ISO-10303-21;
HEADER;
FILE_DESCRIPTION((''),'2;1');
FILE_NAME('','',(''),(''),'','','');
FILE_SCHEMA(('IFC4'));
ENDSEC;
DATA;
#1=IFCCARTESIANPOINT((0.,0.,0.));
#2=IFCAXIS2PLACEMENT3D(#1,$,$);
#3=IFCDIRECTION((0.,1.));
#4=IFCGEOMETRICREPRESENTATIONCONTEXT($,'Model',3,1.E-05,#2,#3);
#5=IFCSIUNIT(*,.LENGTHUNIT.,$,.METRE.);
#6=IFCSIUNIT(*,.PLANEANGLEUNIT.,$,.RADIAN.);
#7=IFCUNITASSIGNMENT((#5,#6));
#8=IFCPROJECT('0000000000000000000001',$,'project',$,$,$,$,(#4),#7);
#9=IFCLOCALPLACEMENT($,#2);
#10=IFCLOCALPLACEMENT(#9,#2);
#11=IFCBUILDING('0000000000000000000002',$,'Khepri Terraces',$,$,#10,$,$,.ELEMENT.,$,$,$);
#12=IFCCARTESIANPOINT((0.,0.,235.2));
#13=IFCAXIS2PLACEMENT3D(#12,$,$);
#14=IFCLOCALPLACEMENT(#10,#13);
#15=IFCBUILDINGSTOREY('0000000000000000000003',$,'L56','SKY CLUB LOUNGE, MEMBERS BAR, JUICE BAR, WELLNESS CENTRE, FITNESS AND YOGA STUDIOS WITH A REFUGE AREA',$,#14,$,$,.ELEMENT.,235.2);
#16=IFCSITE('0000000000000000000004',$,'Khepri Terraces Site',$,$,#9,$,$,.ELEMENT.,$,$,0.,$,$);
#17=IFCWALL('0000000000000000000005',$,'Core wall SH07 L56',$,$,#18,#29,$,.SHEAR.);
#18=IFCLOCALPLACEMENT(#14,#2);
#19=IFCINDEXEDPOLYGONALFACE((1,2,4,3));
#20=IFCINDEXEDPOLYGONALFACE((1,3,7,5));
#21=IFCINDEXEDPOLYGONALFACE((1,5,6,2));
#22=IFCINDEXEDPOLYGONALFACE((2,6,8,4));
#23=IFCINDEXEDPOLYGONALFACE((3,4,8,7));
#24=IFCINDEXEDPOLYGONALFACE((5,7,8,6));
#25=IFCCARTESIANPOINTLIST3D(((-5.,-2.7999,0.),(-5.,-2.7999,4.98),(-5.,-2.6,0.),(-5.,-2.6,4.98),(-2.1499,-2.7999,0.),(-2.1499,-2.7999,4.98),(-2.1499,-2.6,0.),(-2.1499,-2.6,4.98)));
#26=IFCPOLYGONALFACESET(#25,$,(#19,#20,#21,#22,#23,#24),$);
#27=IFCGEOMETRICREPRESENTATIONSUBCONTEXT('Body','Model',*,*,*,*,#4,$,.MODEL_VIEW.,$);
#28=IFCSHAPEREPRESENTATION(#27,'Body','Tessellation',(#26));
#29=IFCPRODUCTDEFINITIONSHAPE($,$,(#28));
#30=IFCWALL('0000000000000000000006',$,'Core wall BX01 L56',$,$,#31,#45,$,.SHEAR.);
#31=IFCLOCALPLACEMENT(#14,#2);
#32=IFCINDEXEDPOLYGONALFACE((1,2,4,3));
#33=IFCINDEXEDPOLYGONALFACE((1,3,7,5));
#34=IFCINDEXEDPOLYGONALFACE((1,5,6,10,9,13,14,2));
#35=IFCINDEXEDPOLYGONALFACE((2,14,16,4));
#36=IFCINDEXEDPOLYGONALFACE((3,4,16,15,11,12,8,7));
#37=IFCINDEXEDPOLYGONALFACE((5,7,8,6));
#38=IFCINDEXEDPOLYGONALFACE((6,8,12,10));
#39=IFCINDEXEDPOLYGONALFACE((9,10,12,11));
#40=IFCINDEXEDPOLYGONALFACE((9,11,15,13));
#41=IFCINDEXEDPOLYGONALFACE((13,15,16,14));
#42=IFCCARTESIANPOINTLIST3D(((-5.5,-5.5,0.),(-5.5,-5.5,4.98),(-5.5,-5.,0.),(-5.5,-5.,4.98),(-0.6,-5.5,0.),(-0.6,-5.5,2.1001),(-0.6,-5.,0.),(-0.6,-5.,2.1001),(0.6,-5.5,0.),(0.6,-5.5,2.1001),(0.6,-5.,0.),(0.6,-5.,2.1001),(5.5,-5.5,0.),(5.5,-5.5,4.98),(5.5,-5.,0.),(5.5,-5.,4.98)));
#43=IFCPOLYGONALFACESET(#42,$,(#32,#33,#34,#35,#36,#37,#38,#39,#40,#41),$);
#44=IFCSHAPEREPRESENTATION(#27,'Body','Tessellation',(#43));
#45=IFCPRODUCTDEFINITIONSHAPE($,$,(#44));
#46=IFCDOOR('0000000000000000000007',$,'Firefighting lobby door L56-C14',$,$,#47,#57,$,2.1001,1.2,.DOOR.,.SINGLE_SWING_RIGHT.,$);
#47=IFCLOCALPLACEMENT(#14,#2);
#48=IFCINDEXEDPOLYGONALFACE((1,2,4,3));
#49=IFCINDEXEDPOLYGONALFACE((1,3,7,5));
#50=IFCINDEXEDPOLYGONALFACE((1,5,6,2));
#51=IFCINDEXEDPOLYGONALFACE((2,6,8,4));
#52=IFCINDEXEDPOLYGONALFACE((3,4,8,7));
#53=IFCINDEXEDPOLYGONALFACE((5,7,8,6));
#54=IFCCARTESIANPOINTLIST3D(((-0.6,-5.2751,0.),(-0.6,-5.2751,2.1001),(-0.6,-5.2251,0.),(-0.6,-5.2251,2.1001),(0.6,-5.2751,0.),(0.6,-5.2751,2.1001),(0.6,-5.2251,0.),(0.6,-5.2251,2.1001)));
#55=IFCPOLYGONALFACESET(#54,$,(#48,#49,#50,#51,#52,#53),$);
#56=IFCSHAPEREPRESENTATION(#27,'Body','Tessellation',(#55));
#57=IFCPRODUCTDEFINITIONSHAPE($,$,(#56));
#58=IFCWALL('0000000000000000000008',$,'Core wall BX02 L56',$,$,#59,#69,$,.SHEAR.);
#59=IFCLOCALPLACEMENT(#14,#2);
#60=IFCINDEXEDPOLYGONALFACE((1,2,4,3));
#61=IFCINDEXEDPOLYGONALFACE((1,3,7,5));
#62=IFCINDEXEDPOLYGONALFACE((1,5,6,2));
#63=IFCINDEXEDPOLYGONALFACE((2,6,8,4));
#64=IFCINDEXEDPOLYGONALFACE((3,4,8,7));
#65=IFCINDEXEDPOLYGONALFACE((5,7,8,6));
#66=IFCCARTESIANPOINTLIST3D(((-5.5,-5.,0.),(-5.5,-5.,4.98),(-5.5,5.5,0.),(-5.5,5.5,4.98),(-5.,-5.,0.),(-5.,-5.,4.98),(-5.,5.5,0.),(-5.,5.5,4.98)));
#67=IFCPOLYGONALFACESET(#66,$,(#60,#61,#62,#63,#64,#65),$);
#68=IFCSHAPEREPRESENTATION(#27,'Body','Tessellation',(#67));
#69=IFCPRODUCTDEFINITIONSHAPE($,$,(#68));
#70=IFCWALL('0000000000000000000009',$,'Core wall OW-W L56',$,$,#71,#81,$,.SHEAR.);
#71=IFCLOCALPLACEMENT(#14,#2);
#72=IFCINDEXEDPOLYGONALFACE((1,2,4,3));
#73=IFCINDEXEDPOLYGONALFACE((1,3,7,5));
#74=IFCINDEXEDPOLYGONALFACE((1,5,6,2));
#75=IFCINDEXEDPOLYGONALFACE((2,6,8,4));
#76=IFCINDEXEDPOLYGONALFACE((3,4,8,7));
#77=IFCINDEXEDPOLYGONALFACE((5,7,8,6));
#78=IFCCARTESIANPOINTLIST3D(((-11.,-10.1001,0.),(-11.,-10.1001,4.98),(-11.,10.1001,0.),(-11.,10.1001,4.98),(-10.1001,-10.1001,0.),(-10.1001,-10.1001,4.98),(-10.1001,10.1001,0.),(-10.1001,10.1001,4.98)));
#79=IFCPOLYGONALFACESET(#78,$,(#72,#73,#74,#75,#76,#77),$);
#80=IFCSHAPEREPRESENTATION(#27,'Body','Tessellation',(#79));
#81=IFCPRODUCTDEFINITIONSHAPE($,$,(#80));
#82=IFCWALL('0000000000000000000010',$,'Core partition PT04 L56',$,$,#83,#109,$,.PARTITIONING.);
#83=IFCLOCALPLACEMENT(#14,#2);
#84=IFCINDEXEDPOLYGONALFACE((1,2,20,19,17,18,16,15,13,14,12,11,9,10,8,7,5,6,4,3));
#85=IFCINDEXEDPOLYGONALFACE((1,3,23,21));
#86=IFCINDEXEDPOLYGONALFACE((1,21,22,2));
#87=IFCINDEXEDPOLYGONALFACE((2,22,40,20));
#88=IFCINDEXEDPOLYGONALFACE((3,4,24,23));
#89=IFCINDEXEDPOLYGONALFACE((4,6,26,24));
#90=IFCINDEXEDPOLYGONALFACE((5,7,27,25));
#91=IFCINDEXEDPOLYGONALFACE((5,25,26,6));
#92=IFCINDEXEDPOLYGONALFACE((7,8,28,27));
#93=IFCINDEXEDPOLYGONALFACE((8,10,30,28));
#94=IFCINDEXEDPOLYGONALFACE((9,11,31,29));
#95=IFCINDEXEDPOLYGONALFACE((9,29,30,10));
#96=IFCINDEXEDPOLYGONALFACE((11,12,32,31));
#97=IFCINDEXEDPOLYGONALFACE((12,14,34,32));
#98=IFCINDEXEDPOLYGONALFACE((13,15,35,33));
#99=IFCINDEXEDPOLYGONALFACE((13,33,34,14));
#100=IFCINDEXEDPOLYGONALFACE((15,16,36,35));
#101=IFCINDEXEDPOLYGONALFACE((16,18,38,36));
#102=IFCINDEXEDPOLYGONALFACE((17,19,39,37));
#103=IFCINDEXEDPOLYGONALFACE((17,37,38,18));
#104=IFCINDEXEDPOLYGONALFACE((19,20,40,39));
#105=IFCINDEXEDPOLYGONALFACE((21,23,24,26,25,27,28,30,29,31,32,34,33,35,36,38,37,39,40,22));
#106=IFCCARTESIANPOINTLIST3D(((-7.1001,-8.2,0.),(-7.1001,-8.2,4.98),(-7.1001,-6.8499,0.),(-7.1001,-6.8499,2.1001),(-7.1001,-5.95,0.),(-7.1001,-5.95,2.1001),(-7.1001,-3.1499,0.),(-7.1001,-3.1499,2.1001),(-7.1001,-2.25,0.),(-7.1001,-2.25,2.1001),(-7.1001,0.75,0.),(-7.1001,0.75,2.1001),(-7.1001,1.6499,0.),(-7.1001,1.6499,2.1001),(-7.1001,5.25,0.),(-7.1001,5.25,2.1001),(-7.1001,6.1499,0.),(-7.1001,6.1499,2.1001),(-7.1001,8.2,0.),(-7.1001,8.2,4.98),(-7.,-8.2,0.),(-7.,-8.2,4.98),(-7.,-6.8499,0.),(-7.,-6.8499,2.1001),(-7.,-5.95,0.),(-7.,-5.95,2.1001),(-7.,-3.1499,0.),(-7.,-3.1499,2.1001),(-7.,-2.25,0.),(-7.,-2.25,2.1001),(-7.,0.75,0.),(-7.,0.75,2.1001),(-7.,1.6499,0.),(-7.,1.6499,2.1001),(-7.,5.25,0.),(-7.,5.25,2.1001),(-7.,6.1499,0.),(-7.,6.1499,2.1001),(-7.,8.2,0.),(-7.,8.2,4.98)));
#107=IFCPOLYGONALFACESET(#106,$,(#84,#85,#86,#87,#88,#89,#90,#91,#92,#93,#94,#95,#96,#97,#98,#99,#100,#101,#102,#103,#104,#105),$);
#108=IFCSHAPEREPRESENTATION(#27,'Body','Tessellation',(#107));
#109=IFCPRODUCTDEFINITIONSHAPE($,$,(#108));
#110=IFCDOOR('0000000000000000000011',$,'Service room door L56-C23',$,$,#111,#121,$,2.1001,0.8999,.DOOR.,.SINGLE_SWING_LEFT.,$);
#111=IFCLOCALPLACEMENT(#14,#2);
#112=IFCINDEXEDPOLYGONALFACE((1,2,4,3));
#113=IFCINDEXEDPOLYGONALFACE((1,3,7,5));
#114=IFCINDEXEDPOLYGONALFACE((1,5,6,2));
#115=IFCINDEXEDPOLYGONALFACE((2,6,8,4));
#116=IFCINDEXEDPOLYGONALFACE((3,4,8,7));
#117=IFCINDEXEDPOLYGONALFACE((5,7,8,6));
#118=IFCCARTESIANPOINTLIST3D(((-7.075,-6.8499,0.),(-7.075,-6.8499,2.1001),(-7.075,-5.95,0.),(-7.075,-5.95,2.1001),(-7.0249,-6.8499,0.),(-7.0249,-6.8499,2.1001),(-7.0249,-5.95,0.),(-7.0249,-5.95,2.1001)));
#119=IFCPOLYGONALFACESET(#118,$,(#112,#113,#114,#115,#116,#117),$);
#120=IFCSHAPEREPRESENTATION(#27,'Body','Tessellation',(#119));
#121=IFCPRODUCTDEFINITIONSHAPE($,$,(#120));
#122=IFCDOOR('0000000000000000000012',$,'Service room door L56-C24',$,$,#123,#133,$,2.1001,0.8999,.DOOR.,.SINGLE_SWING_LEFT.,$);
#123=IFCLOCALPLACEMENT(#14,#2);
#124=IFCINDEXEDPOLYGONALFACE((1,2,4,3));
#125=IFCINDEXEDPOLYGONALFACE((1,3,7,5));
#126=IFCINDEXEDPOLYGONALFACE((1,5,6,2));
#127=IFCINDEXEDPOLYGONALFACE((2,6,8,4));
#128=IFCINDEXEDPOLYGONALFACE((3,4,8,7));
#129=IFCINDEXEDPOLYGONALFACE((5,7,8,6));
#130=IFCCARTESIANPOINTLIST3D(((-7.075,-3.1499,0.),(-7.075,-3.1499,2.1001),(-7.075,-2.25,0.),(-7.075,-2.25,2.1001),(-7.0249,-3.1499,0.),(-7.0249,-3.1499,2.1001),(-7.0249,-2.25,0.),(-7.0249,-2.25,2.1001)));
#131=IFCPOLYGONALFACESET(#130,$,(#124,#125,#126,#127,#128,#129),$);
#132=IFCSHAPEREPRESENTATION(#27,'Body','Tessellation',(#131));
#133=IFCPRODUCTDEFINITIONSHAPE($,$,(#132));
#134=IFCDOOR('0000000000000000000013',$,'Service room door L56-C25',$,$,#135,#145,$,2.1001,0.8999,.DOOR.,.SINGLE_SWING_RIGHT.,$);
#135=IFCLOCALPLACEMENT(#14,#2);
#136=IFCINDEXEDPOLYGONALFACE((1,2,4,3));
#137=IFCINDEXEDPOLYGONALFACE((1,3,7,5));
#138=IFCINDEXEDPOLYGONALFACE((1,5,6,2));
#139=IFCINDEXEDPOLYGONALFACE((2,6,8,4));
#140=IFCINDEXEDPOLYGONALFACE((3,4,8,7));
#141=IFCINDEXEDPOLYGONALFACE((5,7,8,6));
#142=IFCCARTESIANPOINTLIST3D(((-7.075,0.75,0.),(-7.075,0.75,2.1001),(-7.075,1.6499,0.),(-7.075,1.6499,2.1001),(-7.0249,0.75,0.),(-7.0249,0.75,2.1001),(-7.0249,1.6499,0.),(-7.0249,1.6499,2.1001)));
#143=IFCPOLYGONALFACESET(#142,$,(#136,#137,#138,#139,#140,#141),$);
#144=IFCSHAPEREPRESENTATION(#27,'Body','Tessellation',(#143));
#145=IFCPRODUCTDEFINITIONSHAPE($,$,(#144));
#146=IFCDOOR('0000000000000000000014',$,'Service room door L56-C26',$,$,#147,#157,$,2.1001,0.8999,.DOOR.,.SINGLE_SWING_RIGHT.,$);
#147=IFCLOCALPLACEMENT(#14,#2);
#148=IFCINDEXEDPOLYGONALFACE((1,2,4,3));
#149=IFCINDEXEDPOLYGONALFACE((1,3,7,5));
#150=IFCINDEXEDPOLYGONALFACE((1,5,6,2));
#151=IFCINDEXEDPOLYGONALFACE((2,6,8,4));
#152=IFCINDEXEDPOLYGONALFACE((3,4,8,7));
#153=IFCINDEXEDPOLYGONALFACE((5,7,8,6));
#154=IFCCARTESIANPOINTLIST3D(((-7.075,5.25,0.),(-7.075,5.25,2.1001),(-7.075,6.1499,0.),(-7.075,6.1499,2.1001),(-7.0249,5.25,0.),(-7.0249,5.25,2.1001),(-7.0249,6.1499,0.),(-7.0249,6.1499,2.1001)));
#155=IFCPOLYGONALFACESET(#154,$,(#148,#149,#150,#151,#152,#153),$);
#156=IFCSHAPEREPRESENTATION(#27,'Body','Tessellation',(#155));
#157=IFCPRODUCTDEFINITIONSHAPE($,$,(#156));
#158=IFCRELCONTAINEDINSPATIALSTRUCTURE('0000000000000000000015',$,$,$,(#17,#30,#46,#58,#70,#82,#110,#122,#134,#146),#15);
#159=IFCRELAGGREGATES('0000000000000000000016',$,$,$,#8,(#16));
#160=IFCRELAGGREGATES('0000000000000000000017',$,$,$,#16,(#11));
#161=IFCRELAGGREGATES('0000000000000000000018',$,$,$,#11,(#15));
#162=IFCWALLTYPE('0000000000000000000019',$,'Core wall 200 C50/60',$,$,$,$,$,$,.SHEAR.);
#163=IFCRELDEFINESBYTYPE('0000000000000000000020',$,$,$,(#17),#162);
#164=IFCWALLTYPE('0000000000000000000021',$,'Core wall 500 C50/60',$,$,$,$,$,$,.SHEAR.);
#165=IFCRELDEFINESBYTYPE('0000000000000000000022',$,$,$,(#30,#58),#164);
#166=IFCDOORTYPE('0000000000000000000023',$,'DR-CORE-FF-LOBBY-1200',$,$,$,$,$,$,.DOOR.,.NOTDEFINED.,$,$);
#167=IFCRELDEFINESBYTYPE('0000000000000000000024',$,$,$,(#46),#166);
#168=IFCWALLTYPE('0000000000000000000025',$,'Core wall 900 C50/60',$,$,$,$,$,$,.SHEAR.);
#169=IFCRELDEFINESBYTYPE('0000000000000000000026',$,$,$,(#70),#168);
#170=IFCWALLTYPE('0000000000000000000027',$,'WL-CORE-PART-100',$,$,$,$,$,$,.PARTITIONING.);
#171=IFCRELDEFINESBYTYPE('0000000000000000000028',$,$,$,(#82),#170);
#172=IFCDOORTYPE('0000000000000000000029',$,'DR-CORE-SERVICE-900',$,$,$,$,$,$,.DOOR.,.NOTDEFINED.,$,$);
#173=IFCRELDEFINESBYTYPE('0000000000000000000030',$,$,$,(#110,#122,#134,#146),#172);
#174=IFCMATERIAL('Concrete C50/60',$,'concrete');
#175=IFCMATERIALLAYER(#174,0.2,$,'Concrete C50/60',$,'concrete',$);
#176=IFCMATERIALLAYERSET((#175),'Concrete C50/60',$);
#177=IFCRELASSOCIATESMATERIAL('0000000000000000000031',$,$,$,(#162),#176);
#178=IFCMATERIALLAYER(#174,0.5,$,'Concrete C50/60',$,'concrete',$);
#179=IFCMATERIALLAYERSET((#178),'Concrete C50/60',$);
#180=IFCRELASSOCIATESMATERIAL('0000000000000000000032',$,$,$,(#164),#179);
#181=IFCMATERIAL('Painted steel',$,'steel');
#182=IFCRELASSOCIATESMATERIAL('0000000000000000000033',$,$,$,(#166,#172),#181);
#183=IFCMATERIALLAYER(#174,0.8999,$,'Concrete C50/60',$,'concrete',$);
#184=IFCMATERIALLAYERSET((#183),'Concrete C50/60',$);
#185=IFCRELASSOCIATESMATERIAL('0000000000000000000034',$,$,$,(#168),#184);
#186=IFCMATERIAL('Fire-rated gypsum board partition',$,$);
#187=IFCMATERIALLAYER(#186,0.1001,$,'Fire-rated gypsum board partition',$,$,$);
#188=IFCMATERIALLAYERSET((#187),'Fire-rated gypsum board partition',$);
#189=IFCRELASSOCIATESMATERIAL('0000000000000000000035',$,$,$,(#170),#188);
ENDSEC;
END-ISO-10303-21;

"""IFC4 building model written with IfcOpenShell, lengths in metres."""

from ifc_helpers import new_model, si_unit, direction, frame, frame_2d, origin, place, context, subcontext, project, spatial, rectangle, extrude, material, layer, layer_set, type_object, element, fill, save


model = new_model("IFC4")

# Units and contexts
model_context = context("Model", 3, precision=1e-05, world=origin(), true_north=direction((0.0, 1.0)))
body_context = subcontext(model_context, "Body", "Model", "MODEL_VIEW")
ifc_project = project(units=[si_unit("LENGTHUNIT", "METRE"), si_unit("PLANEANGLEUNIT", "RADIAN")], contexts=[model_context])

# Site, building, storey
site_placement = place(None, origin())
site = spatial("IfcSite", under=ifc_project, at=site_placement, Name="Khepri Terraces Site", CompositionType="ELEMENT", RefElevation=0.0)
building_placement = place(site_placement, origin())
building = spatial("IfcBuilding", under=site, at=building_placement, Name="Khepri Terraces", CompositionType="ELEMENT")
storey_placement = place(building_placement, frame((0.0, 0.0, 235.2)))
storey = spatial("IfcBuildingStorey", under=building, at=storey_placement, Name="L56", Description="SKY CLUB LOUNGE, MEMBERS BAR, JUICE BAR, WELLNESS CENTRE, FITNESS AND YOGA STUDIOS WITH A REFUGE AREA", CompositionType="ELEMENT", Elevation=235.2)

# Shared definitions
ifc_material_1 = material(Name="Concrete C50/60", Category="concrete")
ifc_layer_1 = layer(ifc_material_1, 0.2, Name="Concrete C50/60", Category="concrete")
ifc_layer_set_1 = layer_set([ifc_layer_1], Name="Concrete C50/60")
wall_type_1 = type_object("IfcWallType", Name="Core wall 200 C50/60", PredefinedType="SHEAR", material=ifc_layer_set_1)

# Shared definitions
ifc_material_2 = material(Name="Painted steel", Category="steel")

# Wall
wall_1_placement = place(storey_placement, frame((-5.0, -2.7, 0.0), z_axis=(0.0, 0.0, 1.0), x_axis=(1.0, 0.0, 0.0)))
element("IfcWall", 1, at=wall_1_placement, inside=storey, type_object=wall_type_1, Name="Core wall SH07 L56", PredefinedType="SHEAR", context=body_context, shape_type="SweptSolid", body=[
    extrude(rectangle(XDim=2.8501, YDim=0.2, at=frame_2d((1.425, 0.0))), origin(), (0.0, 0.0, 1.0), 4.98),
])

# Wall, opening, door
ifc_layer_2 = layer(ifc_material_1, 0.5, Name="Concrete C50/60", Category="concrete")
ifc_layer_set_2 = layer_set([ifc_layer_2], Name="Concrete C50/60")
wall_type_2 = type_object("IfcWallType", Name="Core wall 500 C50/60", PredefinedType="SHEAR", material=ifc_layer_set_2)
wall_2_placement = place(storey_placement, frame((-5.5, -5.25, 0.0), z_axis=(0.0, 0.0, 1.0), x_axis=(1.0, 0.0, 0.0)))
wall_2 = element("IfcWall", 2, at=wall_2_placement, inside=storey, type_object=wall_type_2, Name="Core wall BX01 L56", PredefinedType="SHEAR", context=body_context, shape_type="SweptSolid", body=[
    extrude(rectangle(XDim=11.0, YDim=0.5, at=frame_2d((5.5, 0.0))), origin(), (0.0, 0.0, 1.0), 4.98),
])
opening_1_placement = place(wall_2_placement, frame((4.8999, 0.0, 0.0)))
opening_1 = element("IfcOpeningElement", 3, at=opening_1_placement, cuts=wall_2, PredefinedType="OPENING", context=body_context, shape_type="SweptSolid", body=[
    extrude(rectangle(XDim=1.2, YDim=2.1001, at=frame_2d((0.6001, 1.05))), frame((0.0, 0.26, 0.0), z_axis=(0.0, -1.0, 0.0), x_axis=(1.0, 0.0, 0.0)), (0.0, 0.0, 1.0), 0.52),
])
door_type_1 = type_object("IfcDoorType", Name="DR-CORE-FF-LOBBY-1200", OperationType="NOTDEFINED", PredefinedType="DOOR", material=ifc_material_2)
door_1_placement = place(opening_1_placement, origin())
door_1 = element("IfcDoor", 4, at=door_1_placement, inside=storey, type_object=door_type_1, Name="Firefighting lobby door L56-C14", OperationType="SINGLE_SWING_RIGHT", OverallHeight=2.1001, OverallWidth=1.2, PredefinedType="DOOR", context=body_context, shape_type="SweptSolid", body=[
    extrude(rectangle(XDim=1.2, YDim=2.1001, at=frame_2d((0.6001, 1.05))), frame((0.0, 0.0249, 0.0), z_axis=(0.0, -1.0, 0.0), x_axis=(1.0, 0.0, 0.0)), (0.0, 0.0, 1.0), 0.05),
])
fill(opening_1, door_1)

# Walls
wall_3_placement = place(storey_placement, frame((-5.25, -5.0, 0.0), z_axis=(0.0, 0.0, 1.0), x_axis=(0.0, 1.0, 0.0)))
element("IfcWall", 5, at=wall_3_placement, inside=storey, type_object=wall_type_2, Name="Core wall BX02 L56", PredefinedType="SHEAR", context=body_context, shape_type="SweptSolid", body=[
    extrude(rectangle(XDim=10.5, YDim=0.5, at=frame_2d((5.25, 0.0))), origin(), (0.0, 0.0, 1.0), 4.98),
])
ifc_layer_3 = layer(ifc_material_1, 0.8999, Name="Concrete C50/60", Category="concrete")
ifc_layer_set_3 = layer_set([ifc_layer_3], Name="Concrete C50/60")
wall_type_3 = type_object("IfcWallType", Name="Core wall 900 C50/60", PredefinedType="SHEAR", material=ifc_layer_set_3)
wall_4_placement = place(storey_placement, frame((-10.55, -10.1001, 0.0), z_axis=(0.0, 0.0, 1.0), x_axis=(0.0, 1.0, 0.0)))
element("IfcWall", 6, at=wall_4_placement, inside=storey, type_object=wall_type_3, Name="Core wall OW-W L56", PredefinedType="SHEAR", context=body_context, shape_type="SweptSolid", body=[
    extrude(rectangle(XDim=20.2002, YDim=0.8999, at=frame_2d((10.1001, 0.0))), origin(), (0.0, 0.0, 1.0), 4.98),
])

# Wall, openings, doors
ifc_material_3 = material(Name="Fire-rated gypsum board partition")
ifc_layer_4 = layer(ifc_material_3, 0.1001, Name="Fire-rated gypsum board partition")
ifc_layer_set_4 = layer_set([ifc_layer_4], Name="Fire-rated gypsum board partition")
wall_type_4 = type_object("IfcWallType", Name="WL-CORE-PART-100", PredefinedType="PARTITIONING", material=ifc_layer_set_4)
wall_5_placement = place(storey_placement, frame((-7.05, -8.2, 0.0), z_axis=(0.0, 0.0, 1.0), x_axis=(0.0, 1.0, 0.0)))
wall_5 = element("IfcWall", 7, at=wall_5_placement, inside=storey, type_object=wall_type_4, Name="Core partition PT04 L56", PredefinedType="PARTITIONING", context=body_context, shape_type="SweptSolid", body=[
    extrude(rectangle(XDim=16.3999, YDim=0.1001, at=frame_2d((8.2, 0.0))), origin(), (0.0, 0.0, 1.0), 4.98),
])
opening_2_placement = place(wall_5_placement, frame((1.3501, 0.0, 0.0)))
opening_2 = element("IfcOpeningElement", 8, at=opening_2_placement, cuts=wall_5, PredefinedType="OPENING", context=body_context, shape_type="SweptSolid", body=[
    extrude(rectangle(XDim=0.8999, YDim=2.1001, at=frame_2d((0.45, 1.05))), frame((0.0, 0.0601, 0.0), z_axis=(0.0, -1.0, 0.0), x_axis=(1.0, 0.0, 0.0)), (0.0, 0.0, 1.0), 0.1201),
])
opening_3_placement = place(wall_5_placement, frame((5.05, 0.0, 0.0)))
opening_3 = element("IfcOpeningElement", 9, at=opening_3_placement, cuts=wall_5, PredefinedType="OPENING", context=body_context, shape_type="SweptSolid", body=[
    extrude(rectangle(XDim=0.8999, YDim=2.1001, at=frame_2d((0.45, 1.05))), frame((0.0, 0.0601, 0.0), z_axis=(0.0, -1.0, 0.0), x_axis=(1.0, 0.0, 0.0)), (0.0, 0.0, 1.0), 0.1201),
])
opening_4_placement = place(wall_5_placement, frame((8.95, 0.0, 0.0)))
opening_4 = element("IfcOpeningElement", 10, at=opening_4_placement, cuts=wall_5, PredefinedType="OPENING", context=body_context, shape_type="SweptSolid", body=[
    extrude(rectangle(XDim=0.8999, YDim=2.1001, at=frame_2d((0.45, 1.05))), frame((0.0, 0.0601, 0.0), z_axis=(0.0, -1.0, 0.0), x_axis=(1.0, 0.0, 0.0)), (0.0, 0.0, 1.0), 0.1201),
])
opening_5_placement = place(wall_5_placement, frame((13.45, 0.0, 0.0)))
opening_5 = element("IfcOpeningElement", 11, at=opening_5_placement, cuts=wall_5, PredefinedType="OPENING", context=body_context, shape_type="SweptSolid", body=[
    extrude(rectangle(XDim=0.8999, YDim=2.1001, at=frame_2d((0.45, 1.05))), frame((0.0, 0.0601, 0.0), z_axis=(0.0, -1.0, 0.0), x_axis=(1.0, 0.0, 0.0)), (0.0, 0.0, 1.0), 0.1201),
])
door_type_2 = type_object("IfcDoorType", Name="DR-CORE-SERVICE-900", OperationType="NOTDEFINED", PredefinedType="DOOR", material=ifc_material_2)
door_2_placement = place(opening_2_placement, origin())
door_2 = element("IfcDoor", 12, at=door_2_placement, inside=storey, type_object=door_type_2, Name="Service room door L56-C23", OperationType="SINGLE_SWING_LEFT", OverallHeight=2.1001, OverallWidth=0.8999, PredefinedType="DOOR", context=body_context, shape_type="SweptSolid", body=[
    extrude(rectangle(XDim=0.8999, YDim=2.1001, at=frame_2d((0.45, 1.05))), frame((0.0, 0.0249, 0.0), z_axis=(0.0, -1.0, 0.0), x_axis=(1.0, 0.0, 0.0)), (0.0, 0.0, 1.0), 0.05),
])
fill(opening_2, door_2)
door_3_placement = place(opening_3_placement, origin())
door_3 = element("IfcDoor", 13, at=door_3_placement, inside=storey, type_object=door_type_2, Name="Service room door L56-C24", OperationType="SINGLE_SWING_LEFT", OverallHeight=2.1001, OverallWidth=0.8999, PredefinedType="DOOR", context=body_context, shape_type="SweptSolid", body=[
    extrude(rectangle(XDim=0.8999, YDim=2.1001, at=frame_2d((0.45, 1.05))), frame((0.0, 0.0249, 0.0), z_axis=(0.0, -1.0, 0.0), x_axis=(1.0, 0.0, 0.0)), (0.0, 0.0, 1.0), 0.05),
])
fill(opening_3, door_3)
door_4_placement = place(opening_4_placement, origin())
door_4 = element("IfcDoor", 14, at=door_4_placement, inside=storey, type_object=door_type_2, Name="Service room door L56-C25", OperationType="SINGLE_SWING_RIGHT", OverallHeight=2.1001, OverallWidth=0.8999, PredefinedType="DOOR", context=body_context, shape_type="SweptSolid", body=[
    extrude(rectangle(XDim=0.8999, YDim=2.1001, at=frame_2d((0.45, 1.05))), frame((0.0, 0.0249, 0.0), z_axis=(0.0, -1.0, 0.0), x_axis=(1.0, 0.0, 0.0)), (0.0, 0.0, 1.0), 0.05),
])
fill(opening_4, door_4)
door_5_placement = place(opening_5_placement, origin())
door_5 = element("IfcDoor", 15, at=door_5_placement, inside=storey, type_object=door_type_2, Name="Service room door L56-C26", OperationType="SINGLE_SWING_RIGHT", OverallHeight=2.1001, OverallWidth=0.8999, PredefinedType="DOOR", context=body_context, shape_type="SweptSolid", body=[
    extrude(rectangle(XDim=0.8999, YDim=2.1001, at=frame_2d((0.45, 1.05))), frame((0.0, 0.0249, 0.0), z_axis=(0.0, -1.0, 0.0), x_axis=(1.0, 0.0, 0.0)), (0.0, 0.0, 1.0), 0.05),
])
fill(opening_5, door_5)

save(model, "model.ifc")
